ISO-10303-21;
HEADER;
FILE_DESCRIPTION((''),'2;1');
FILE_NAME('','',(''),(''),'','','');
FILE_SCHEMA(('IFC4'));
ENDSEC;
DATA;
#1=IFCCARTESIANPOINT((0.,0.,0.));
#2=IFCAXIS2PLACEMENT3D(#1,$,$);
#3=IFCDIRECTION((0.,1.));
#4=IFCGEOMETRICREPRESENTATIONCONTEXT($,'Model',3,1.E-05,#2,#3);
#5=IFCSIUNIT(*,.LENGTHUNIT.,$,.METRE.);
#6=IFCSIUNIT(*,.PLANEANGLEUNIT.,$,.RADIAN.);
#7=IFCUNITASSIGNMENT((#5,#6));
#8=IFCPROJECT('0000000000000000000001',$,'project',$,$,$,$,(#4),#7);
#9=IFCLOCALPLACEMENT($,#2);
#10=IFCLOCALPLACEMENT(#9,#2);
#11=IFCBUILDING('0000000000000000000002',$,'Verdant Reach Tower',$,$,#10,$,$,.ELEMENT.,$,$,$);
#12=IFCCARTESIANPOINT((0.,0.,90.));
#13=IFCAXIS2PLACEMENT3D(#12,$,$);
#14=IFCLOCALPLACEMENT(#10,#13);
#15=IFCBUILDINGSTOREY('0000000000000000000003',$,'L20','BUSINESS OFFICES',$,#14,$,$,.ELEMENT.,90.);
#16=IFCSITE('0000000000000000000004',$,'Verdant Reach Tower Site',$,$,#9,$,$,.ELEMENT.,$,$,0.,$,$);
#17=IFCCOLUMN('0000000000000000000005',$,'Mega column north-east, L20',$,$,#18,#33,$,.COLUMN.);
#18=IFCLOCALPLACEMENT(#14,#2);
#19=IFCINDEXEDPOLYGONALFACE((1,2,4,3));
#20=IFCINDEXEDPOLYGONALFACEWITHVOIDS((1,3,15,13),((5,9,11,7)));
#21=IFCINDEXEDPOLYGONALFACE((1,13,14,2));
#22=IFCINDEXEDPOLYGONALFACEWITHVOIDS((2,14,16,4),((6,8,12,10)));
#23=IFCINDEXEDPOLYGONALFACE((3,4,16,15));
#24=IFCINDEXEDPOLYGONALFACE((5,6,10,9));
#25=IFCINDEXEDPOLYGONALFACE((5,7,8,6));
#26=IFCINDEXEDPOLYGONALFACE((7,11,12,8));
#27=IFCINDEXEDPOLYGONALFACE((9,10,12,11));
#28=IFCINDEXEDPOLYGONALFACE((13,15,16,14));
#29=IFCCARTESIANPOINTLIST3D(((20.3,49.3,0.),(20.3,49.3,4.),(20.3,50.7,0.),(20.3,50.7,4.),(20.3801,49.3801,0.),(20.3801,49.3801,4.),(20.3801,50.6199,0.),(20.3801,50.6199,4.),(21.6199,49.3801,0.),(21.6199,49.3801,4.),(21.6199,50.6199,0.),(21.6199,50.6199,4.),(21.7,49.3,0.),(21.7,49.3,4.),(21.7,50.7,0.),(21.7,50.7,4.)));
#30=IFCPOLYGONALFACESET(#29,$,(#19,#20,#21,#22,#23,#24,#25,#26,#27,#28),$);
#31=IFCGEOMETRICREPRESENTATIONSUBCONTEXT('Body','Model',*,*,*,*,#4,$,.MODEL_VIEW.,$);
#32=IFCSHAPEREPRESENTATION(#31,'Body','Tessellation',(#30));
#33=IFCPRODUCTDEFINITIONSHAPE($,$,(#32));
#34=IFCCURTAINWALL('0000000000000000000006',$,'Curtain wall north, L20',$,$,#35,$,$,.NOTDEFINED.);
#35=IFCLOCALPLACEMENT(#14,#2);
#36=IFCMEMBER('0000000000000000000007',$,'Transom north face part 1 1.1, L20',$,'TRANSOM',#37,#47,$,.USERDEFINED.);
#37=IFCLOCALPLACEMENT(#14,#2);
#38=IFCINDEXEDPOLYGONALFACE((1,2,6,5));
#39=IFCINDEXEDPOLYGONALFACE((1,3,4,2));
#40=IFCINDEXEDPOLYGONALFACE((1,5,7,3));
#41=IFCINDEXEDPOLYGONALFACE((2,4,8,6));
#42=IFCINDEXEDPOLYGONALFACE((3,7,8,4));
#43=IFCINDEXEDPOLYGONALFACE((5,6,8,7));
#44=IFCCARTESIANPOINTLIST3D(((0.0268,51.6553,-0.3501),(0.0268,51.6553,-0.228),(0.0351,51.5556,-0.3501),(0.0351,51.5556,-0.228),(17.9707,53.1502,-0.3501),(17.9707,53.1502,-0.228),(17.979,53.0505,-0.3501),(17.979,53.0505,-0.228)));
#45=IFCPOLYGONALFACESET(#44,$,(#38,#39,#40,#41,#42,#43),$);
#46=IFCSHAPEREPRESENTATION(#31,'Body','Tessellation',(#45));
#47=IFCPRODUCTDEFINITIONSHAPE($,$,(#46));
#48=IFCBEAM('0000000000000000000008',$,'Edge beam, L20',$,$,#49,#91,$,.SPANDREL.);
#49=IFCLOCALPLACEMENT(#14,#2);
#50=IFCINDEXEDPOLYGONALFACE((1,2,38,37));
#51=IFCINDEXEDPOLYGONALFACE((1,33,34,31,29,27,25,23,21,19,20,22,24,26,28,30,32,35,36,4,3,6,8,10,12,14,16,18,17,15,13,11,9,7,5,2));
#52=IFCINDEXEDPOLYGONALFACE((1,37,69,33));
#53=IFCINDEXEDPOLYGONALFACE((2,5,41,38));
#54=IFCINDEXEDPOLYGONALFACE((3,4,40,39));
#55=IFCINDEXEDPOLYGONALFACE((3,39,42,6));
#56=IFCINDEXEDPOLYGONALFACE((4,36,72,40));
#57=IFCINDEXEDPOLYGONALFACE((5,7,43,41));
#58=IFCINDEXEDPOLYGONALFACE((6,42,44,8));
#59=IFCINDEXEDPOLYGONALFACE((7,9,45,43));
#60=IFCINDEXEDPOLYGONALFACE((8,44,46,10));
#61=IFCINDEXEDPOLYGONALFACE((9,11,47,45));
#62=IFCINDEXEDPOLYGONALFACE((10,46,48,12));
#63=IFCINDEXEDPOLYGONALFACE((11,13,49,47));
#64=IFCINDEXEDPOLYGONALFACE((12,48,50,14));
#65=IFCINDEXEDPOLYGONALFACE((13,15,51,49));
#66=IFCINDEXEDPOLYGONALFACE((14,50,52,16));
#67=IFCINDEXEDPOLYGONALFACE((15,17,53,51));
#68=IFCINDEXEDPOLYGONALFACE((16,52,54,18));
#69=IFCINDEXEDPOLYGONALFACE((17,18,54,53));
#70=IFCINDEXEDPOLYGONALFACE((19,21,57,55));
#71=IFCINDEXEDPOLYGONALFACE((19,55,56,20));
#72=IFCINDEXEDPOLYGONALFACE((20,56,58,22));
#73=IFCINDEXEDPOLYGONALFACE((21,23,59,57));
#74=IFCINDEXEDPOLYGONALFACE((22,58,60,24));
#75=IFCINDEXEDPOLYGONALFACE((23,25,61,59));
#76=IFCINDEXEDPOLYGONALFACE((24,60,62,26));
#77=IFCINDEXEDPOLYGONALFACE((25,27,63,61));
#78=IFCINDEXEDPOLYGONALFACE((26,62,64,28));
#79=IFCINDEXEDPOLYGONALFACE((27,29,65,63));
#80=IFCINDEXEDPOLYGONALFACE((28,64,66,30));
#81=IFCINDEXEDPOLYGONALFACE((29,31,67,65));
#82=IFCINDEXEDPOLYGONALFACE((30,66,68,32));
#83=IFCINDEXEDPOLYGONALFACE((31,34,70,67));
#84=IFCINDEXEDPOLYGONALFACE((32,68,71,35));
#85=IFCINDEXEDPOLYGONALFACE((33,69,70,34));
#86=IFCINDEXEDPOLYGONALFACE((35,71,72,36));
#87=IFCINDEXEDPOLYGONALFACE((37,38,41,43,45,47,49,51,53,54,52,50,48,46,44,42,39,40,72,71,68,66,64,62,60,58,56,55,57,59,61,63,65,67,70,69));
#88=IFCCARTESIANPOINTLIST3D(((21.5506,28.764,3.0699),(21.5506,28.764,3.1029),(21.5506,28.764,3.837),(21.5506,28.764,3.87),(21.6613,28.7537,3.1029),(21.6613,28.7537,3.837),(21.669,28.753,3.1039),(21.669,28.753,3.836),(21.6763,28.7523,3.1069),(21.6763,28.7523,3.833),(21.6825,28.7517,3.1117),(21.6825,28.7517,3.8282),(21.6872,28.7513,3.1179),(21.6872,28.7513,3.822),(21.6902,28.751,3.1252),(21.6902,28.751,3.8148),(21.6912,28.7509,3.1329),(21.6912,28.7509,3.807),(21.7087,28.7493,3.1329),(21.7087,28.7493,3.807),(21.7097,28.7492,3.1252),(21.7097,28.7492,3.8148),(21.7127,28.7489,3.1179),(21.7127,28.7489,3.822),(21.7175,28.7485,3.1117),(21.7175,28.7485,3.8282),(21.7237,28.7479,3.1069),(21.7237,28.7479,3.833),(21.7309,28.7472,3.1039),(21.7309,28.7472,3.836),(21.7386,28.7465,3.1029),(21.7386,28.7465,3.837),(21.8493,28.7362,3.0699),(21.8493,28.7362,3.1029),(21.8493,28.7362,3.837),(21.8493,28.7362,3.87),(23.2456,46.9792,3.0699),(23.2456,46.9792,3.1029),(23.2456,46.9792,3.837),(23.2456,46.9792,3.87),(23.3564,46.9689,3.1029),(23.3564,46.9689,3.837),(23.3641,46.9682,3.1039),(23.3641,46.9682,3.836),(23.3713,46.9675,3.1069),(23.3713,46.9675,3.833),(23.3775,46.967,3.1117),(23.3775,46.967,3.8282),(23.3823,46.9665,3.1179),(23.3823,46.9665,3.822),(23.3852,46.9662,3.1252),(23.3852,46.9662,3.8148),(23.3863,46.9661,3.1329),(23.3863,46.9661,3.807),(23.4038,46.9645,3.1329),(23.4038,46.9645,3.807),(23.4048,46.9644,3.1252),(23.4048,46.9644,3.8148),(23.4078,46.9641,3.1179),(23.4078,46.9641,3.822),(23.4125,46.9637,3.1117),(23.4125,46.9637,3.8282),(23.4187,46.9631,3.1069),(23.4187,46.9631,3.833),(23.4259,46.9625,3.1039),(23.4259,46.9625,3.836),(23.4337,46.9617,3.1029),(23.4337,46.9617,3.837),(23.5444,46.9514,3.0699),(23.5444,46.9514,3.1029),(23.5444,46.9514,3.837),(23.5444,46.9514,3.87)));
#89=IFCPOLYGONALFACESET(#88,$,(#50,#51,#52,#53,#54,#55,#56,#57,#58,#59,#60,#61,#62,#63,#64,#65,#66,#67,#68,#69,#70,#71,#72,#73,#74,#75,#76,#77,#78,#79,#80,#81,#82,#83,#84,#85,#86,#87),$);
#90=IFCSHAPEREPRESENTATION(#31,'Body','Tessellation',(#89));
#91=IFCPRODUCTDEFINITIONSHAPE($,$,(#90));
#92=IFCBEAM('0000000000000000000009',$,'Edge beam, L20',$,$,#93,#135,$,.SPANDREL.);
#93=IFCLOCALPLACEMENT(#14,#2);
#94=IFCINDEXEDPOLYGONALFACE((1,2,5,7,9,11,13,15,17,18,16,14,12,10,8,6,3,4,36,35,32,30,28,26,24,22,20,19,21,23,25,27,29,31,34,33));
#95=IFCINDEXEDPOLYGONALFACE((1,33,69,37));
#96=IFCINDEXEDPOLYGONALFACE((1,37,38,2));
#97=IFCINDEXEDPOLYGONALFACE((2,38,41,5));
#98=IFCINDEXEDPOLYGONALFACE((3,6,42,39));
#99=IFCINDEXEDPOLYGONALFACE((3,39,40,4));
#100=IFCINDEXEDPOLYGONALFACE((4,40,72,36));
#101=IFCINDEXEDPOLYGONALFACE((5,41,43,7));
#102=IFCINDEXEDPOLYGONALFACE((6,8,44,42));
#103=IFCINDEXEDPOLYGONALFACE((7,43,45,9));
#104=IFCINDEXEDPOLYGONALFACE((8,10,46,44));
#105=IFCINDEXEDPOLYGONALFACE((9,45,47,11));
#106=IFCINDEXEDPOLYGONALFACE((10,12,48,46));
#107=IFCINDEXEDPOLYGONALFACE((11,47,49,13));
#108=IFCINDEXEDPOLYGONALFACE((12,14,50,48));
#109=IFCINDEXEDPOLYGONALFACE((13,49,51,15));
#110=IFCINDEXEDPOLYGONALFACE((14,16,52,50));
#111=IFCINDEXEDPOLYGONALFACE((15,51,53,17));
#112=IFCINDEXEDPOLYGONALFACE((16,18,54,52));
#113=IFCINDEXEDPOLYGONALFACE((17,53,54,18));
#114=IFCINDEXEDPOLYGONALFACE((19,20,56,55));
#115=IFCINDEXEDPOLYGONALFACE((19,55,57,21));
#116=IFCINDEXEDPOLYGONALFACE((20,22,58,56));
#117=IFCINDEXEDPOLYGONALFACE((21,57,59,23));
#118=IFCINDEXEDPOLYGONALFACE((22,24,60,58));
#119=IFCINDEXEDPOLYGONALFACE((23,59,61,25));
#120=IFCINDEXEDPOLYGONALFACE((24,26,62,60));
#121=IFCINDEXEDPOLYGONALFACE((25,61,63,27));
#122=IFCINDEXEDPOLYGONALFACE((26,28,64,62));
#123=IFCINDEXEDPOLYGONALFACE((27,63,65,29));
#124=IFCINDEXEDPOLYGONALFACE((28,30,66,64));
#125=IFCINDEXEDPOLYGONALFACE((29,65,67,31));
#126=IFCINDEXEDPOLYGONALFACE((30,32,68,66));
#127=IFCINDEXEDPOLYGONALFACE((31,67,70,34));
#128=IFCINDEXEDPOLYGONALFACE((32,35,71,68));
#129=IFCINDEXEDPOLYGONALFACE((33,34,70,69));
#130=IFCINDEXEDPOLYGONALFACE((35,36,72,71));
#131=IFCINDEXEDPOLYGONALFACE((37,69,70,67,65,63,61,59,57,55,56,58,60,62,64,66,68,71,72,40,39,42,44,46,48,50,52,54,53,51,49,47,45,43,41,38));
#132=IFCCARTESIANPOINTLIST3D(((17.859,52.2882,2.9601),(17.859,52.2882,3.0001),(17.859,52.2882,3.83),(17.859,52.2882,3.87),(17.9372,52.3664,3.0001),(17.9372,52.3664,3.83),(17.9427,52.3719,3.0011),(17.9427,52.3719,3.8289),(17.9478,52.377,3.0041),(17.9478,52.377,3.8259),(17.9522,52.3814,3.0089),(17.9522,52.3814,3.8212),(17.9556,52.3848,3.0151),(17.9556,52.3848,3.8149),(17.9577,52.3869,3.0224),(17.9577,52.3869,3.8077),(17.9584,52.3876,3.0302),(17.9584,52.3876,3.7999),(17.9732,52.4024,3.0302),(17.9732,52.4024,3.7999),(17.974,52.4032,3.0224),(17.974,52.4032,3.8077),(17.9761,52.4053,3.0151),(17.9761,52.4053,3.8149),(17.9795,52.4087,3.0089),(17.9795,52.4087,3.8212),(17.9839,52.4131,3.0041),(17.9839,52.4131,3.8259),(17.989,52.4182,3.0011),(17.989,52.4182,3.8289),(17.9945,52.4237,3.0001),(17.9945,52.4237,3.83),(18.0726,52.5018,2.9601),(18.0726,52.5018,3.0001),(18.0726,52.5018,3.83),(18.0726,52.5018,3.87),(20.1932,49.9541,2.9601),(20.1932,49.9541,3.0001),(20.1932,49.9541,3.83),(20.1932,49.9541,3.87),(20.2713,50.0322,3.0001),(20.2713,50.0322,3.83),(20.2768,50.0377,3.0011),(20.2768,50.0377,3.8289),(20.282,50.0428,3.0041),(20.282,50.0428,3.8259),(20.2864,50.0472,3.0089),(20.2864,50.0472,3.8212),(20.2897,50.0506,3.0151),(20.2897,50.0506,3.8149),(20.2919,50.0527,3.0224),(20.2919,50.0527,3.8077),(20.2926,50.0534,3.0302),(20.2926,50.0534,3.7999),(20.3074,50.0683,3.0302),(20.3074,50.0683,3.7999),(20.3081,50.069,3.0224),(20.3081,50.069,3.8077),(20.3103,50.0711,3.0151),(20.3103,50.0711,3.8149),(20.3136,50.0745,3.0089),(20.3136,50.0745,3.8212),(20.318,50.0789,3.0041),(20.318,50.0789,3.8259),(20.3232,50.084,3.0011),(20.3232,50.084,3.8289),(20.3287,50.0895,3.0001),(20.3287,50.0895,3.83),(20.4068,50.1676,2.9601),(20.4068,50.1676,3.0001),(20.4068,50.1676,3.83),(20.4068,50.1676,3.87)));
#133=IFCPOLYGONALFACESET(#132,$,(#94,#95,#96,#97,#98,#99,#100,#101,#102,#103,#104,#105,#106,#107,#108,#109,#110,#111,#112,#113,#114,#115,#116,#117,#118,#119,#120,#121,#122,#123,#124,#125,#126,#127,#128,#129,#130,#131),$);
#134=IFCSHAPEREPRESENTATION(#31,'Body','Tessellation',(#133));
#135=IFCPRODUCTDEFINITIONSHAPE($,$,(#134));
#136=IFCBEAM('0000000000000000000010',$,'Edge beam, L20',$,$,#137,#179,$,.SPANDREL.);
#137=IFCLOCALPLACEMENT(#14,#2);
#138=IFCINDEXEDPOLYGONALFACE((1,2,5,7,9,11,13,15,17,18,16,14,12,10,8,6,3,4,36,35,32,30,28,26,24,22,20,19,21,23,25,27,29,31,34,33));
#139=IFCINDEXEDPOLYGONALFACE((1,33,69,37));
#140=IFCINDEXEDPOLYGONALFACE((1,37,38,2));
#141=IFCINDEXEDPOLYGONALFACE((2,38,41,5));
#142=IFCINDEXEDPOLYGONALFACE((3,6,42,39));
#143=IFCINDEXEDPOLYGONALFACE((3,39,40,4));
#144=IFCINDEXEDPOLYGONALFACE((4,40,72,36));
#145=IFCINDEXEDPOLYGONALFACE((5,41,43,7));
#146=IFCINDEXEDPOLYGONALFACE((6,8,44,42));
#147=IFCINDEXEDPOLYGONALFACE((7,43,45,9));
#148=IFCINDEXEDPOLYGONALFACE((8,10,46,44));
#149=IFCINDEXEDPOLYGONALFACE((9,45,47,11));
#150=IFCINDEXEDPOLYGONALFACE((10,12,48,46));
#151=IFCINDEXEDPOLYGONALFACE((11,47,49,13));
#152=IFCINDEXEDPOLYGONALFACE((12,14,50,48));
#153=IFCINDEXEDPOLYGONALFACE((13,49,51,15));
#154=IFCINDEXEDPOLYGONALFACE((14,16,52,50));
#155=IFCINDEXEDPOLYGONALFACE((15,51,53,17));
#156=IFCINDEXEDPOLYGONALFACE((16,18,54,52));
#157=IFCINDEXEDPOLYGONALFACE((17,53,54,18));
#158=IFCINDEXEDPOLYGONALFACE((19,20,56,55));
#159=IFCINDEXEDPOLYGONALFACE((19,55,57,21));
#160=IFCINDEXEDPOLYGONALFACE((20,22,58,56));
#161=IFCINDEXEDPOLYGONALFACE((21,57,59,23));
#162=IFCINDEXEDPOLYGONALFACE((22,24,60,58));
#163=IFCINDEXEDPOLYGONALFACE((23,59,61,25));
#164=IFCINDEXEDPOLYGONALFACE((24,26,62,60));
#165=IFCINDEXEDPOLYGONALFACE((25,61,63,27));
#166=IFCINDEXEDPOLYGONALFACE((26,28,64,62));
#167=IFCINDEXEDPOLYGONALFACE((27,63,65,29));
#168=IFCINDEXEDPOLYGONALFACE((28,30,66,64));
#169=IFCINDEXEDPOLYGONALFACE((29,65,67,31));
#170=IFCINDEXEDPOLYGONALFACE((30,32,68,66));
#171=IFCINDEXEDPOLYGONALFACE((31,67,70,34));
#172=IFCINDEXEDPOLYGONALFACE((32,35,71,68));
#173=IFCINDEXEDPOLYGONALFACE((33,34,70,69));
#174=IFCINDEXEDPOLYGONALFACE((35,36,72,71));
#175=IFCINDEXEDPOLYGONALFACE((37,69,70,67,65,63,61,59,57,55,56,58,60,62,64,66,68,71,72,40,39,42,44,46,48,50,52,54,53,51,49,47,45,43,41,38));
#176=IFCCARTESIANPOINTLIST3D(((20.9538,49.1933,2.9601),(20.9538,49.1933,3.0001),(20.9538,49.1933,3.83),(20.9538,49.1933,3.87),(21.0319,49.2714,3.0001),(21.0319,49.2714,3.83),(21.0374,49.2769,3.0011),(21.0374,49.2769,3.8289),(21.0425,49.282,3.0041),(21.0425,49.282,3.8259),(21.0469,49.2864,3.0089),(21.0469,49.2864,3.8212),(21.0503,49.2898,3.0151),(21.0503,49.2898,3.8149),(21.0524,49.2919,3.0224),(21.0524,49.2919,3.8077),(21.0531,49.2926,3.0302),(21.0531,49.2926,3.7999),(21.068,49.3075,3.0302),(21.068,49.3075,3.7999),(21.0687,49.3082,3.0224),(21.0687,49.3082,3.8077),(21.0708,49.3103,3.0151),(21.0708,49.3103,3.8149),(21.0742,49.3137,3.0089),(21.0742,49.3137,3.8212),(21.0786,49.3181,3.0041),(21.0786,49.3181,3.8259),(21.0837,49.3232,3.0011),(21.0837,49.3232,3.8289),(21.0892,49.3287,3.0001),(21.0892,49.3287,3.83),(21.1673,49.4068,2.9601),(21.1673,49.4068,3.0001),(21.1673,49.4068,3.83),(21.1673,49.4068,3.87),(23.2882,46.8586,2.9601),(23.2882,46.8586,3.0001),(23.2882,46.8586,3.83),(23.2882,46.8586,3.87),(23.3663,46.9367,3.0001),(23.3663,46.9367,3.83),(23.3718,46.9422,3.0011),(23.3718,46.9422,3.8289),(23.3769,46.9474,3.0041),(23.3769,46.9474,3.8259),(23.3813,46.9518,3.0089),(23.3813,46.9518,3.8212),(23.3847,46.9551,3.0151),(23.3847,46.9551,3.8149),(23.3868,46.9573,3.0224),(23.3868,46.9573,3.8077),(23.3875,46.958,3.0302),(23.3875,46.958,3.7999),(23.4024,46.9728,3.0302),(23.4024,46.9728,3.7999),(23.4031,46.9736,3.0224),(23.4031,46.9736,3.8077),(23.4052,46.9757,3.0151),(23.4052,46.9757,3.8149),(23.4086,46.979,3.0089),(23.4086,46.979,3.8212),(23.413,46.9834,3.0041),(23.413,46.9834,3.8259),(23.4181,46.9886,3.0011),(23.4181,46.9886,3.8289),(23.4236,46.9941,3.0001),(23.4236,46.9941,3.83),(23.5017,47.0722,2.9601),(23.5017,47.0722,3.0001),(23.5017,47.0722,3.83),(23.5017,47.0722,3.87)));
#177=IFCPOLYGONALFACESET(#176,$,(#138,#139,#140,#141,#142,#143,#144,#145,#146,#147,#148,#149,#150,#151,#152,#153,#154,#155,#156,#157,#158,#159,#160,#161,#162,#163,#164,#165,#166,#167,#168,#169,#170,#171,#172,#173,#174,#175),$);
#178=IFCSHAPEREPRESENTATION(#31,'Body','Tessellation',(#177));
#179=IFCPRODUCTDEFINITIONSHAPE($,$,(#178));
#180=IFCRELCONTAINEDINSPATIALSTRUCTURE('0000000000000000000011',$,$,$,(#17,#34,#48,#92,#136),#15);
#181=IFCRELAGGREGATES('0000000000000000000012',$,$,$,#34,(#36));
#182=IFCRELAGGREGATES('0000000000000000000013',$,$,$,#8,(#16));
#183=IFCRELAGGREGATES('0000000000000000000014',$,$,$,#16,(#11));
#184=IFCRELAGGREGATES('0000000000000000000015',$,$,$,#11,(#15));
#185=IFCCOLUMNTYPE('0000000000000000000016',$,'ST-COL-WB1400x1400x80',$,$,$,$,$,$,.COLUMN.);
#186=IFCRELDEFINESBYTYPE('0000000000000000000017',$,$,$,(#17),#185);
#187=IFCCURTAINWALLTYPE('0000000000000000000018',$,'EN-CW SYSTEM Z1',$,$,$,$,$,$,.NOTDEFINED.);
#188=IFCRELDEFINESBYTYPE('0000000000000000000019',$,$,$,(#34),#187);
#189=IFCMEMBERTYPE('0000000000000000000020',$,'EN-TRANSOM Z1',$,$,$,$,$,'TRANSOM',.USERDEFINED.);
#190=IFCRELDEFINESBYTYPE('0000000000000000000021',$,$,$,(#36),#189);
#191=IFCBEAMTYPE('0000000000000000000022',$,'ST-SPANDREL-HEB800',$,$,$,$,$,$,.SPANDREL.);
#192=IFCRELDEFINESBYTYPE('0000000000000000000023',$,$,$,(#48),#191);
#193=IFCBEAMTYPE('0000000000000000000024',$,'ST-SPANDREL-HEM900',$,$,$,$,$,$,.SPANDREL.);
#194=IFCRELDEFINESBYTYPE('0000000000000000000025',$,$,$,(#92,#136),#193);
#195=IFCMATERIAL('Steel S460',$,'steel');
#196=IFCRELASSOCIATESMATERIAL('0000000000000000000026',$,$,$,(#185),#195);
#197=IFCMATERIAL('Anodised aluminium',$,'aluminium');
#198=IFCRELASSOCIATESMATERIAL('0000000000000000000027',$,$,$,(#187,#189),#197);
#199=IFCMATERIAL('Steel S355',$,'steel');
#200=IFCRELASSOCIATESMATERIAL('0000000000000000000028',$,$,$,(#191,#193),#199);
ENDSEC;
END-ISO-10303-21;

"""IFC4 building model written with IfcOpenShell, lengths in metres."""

from ifc_helpers import new_model, si_unit, direction, frame, origin, origin_2d, place, context, subcontext, project, spatial, rectangle, hollow_rectangle, i_section, extrude, material, material_profile, profile_set, type_object, element, aggregate, save


model = new_model("IFC4")

# Units and contexts
model_context = context("Model", 3, precision=1e-05, world=origin(), true_north=direction((0.0, 1.0)))
body_context = subcontext(model_context, "Body", "Model", "MODEL_VIEW")
ifc_project = project(units=[si_unit("LENGTHUNIT", "METRE"), si_unit("PLANEANGLEUNIT", "RADIAN")], contexts=[model_context])

# Site, building, storey
site_placement = place(None, origin())
site = spatial("IfcSite", under=ifc_project, at=site_placement, Name="Verdant Reach Tower Site", CompositionType="ELEMENT", RefElevation=0.0)
building_placement = place(site_placement, origin())
building = spatial("IfcBuilding", under=site, at=building_placement, Name="Verdant Reach Tower", CompositionType="ELEMENT")
storey_placement = place(building_placement, frame((0.0, 0.0, 90.0)))
storey = spatial("IfcBuildingStorey", under=building, at=storey_placement, Name="L20", Description="BUSINESS OFFICES", CompositionType="ELEMENT", Elevation=90.0)

# Column
ifc_material_1 = material(Name="Steel S460", Category="steel")
ifc_material_profile_1 = material_profile(ifc_material_1, hollow_rectangle(XDim=1.3999, YDim=1.3999, WallThickness=0.0801, at=origin_2d()), Name="WB 1400x1400x80")
ifc_profile_set_1 = profile_set([ifc_material_profile_1], Name="Steel S460")
column_type = type_object("IfcColumnType", Name="ST-COL-WB1400x1400x80", PredefinedType="COLUMN", material=ifc_profile_set_1)
column_placement = place(storey_placement, frame((21.0, 50.0, 0.0), z_axis=(0.0, 0.0, 1.0), x_axis=(1.0, 0.0, 0.0)))
element("IfcColumn", 1, at=column_placement, inside=storey, type_object=column_type, Name="Mega column north-east, L20", PredefinedType="COLUMN", context=body_context, shape_type="SweptSolid", body=[
    extrude(hollow_rectangle(XDim=1.3999, YDim=1.3999, WallThickness=0.0801, at=origin_2d()), origin(), (0.0, 0.0, 1.0), 4.0),
])

# Curtain wall, member
ifc_material_2 = material(Name="Anodised aluminium", Category="aluminium")
curtain_wall_type = type_object("IfcCurtainWallType", Name="EN-CW SYSTEM Z1", PredefinedType="NOTDEFINED", material=ifc_material_2)
curtain_wall_1_placement = place(storey_placement, origin())
curtain_wall_1 = element("IfcCurtainWall", 2, at=curtain_wall_1_placement, inside=storey, type_object=curtain_wall_type, Name="Curtain wall north, L20", PredefinedType="NOTDEFINED")
ifc_material_profile_2 = material_profile(ifc_material_2, rectangle(XDim=0.1001, YDim=0.1221, at=origin_2d()), Name="Transom 122x100")
ifc_profile_set_2 = profile_set([ifc_material_profile_2], Name="Anodised aluminium")
member_type = type_object("IfcMemberType", Name="EN-TRANSOM Z1", ElementType="TRANSOM", PredefinedType="USERDEFINED", material=ifc_profile_set_2)
member_placement = place(storey_placement, frame((17.9749, 53.1003, -0.2891), z_axis=(-0.996548, -0.083021, 0.0), x_axis=(0.083021, -0.996548, 0.0)))
member = element("IfcMember", 3, at=member_placement, type_object=member_type, Name="Transom north face part 1 1.1, L20", ObjectType="TRANSOM", PredefinedType="USERDEFINED", context=body_context, shape_type="SweptSolid", body=[
    extrude(rectangle(XDim=0.1001, YDim=0.1221, at=origin_2d()), origin(), (0.0, 0.0, 1.0), 18.0061),
])

# Beams
ifc_material_3 = material(Name="Steel S355", Category="steel")
ifc_material_profile_3 = material_profile(ifc_material_3, i_section(OverallWidth=0.3, OverallDepth=0.8, WebThickness=0.0176, FlangeThickness=0.033, FilletRadius=0.03, at=origin_2d()), Name="HEB 800")
ifc_profile_set_3 = profile_set([ifc_material_profile_3], Name="Steel S355")
beam_type_1 = type_object("IfcBeamType", Name="ST-SPANDREL-HEB800", PredefinedType="SPANDREL", material=ifc_profile_set_3)
beam_1_placement = place(storey_placement, frame((23.395, 46.9653, 3.47), z_axis=(-0.092657, -0.995698, 0.0), x_axis=(0.995698, -0.092657, 0.0)))
element("IfcBeam", 4, at=beam_1_placement, inside=storey, type_object=beam_type_1, Name="Edge beam, L20", PredefinedType="SPANDREL", context=body_context, shape_type="SweptSolid", body=[
    extrude(i_section(OverallWidth=0.3, OverallDepth=0.8, WebThickness=0.0176, FlangeThickness=0.033, FilletRadius=0.03, at=origin_2d()), origin(), (0.0, 0.0, 1.0), 18.2939),
])
ifc_material_profile_4 = material_profile(ifc_material_3, i_section(OverallWidth=0.302, OverallDepth=0.9099, WebThickness=0.021, FlangeThickness=0.04, FilletRadius=0.03, at=origin_2d()), Name="HEM 900")
ifc_profile_set_4 = profile_set([ifc_material_profile_4], Name="Steel S355")
beam_type_2 = type_object("IfcBeamType", Name="ST-SPANDREL-HEM900", PredefinedType="SPANDREL", material=ifc_profile_set_4)
beam_2_placement = place(storey_placement, frame((17.9658, 52.395, 3.415), z_axis=(0.707107, -0.707107, 0.0), x_axis=(0.707107, 0.707107, 0.0)))
element("IfcBeam", 5, at=beam_2_placement, inside=storey, type_object=beam_type_2, Name="Edge beam, L20", PredefinedType="SPANDREL", context=body_context, shape_type="SweptSolid", body=[
    extrude(i_section(OverallWidth=0.302, OverallDepth=0.9099, WebThickness=0.021, FlangeThickness=0.04, FilletRadius=0.03, at=origin_2d()), origin(), (0.0, 0.0, 1.0), 3.301),
])
beam_3_placement = place(storey_placement, frame((21.0605, 49.3, 3.415), z_axis=(0.70707, -0.707144, 0.0), x_axis=(0.707144, 0.70707, 0.0)))
element("IfcBeam", 6, at=beam_3_placement, inside=storey, type_object=beam_type_2, Name="Edge beam, L20", PredefinedType="SPANDREL", context=body_context, shape_type="SweptSolid", body=[
    extrude(i_section(OverallWidth=0.302, OverallDepth=0.9099, WebThickness=0.021, FlangeThickness=0.04, FilletRadius=0.03, at=origin_2d()), origin(), (0.0, 0.0, 1.0), 3.3015),
])

aggregate(curtain_wall_1, [member])

save(model, "model.ifc")
